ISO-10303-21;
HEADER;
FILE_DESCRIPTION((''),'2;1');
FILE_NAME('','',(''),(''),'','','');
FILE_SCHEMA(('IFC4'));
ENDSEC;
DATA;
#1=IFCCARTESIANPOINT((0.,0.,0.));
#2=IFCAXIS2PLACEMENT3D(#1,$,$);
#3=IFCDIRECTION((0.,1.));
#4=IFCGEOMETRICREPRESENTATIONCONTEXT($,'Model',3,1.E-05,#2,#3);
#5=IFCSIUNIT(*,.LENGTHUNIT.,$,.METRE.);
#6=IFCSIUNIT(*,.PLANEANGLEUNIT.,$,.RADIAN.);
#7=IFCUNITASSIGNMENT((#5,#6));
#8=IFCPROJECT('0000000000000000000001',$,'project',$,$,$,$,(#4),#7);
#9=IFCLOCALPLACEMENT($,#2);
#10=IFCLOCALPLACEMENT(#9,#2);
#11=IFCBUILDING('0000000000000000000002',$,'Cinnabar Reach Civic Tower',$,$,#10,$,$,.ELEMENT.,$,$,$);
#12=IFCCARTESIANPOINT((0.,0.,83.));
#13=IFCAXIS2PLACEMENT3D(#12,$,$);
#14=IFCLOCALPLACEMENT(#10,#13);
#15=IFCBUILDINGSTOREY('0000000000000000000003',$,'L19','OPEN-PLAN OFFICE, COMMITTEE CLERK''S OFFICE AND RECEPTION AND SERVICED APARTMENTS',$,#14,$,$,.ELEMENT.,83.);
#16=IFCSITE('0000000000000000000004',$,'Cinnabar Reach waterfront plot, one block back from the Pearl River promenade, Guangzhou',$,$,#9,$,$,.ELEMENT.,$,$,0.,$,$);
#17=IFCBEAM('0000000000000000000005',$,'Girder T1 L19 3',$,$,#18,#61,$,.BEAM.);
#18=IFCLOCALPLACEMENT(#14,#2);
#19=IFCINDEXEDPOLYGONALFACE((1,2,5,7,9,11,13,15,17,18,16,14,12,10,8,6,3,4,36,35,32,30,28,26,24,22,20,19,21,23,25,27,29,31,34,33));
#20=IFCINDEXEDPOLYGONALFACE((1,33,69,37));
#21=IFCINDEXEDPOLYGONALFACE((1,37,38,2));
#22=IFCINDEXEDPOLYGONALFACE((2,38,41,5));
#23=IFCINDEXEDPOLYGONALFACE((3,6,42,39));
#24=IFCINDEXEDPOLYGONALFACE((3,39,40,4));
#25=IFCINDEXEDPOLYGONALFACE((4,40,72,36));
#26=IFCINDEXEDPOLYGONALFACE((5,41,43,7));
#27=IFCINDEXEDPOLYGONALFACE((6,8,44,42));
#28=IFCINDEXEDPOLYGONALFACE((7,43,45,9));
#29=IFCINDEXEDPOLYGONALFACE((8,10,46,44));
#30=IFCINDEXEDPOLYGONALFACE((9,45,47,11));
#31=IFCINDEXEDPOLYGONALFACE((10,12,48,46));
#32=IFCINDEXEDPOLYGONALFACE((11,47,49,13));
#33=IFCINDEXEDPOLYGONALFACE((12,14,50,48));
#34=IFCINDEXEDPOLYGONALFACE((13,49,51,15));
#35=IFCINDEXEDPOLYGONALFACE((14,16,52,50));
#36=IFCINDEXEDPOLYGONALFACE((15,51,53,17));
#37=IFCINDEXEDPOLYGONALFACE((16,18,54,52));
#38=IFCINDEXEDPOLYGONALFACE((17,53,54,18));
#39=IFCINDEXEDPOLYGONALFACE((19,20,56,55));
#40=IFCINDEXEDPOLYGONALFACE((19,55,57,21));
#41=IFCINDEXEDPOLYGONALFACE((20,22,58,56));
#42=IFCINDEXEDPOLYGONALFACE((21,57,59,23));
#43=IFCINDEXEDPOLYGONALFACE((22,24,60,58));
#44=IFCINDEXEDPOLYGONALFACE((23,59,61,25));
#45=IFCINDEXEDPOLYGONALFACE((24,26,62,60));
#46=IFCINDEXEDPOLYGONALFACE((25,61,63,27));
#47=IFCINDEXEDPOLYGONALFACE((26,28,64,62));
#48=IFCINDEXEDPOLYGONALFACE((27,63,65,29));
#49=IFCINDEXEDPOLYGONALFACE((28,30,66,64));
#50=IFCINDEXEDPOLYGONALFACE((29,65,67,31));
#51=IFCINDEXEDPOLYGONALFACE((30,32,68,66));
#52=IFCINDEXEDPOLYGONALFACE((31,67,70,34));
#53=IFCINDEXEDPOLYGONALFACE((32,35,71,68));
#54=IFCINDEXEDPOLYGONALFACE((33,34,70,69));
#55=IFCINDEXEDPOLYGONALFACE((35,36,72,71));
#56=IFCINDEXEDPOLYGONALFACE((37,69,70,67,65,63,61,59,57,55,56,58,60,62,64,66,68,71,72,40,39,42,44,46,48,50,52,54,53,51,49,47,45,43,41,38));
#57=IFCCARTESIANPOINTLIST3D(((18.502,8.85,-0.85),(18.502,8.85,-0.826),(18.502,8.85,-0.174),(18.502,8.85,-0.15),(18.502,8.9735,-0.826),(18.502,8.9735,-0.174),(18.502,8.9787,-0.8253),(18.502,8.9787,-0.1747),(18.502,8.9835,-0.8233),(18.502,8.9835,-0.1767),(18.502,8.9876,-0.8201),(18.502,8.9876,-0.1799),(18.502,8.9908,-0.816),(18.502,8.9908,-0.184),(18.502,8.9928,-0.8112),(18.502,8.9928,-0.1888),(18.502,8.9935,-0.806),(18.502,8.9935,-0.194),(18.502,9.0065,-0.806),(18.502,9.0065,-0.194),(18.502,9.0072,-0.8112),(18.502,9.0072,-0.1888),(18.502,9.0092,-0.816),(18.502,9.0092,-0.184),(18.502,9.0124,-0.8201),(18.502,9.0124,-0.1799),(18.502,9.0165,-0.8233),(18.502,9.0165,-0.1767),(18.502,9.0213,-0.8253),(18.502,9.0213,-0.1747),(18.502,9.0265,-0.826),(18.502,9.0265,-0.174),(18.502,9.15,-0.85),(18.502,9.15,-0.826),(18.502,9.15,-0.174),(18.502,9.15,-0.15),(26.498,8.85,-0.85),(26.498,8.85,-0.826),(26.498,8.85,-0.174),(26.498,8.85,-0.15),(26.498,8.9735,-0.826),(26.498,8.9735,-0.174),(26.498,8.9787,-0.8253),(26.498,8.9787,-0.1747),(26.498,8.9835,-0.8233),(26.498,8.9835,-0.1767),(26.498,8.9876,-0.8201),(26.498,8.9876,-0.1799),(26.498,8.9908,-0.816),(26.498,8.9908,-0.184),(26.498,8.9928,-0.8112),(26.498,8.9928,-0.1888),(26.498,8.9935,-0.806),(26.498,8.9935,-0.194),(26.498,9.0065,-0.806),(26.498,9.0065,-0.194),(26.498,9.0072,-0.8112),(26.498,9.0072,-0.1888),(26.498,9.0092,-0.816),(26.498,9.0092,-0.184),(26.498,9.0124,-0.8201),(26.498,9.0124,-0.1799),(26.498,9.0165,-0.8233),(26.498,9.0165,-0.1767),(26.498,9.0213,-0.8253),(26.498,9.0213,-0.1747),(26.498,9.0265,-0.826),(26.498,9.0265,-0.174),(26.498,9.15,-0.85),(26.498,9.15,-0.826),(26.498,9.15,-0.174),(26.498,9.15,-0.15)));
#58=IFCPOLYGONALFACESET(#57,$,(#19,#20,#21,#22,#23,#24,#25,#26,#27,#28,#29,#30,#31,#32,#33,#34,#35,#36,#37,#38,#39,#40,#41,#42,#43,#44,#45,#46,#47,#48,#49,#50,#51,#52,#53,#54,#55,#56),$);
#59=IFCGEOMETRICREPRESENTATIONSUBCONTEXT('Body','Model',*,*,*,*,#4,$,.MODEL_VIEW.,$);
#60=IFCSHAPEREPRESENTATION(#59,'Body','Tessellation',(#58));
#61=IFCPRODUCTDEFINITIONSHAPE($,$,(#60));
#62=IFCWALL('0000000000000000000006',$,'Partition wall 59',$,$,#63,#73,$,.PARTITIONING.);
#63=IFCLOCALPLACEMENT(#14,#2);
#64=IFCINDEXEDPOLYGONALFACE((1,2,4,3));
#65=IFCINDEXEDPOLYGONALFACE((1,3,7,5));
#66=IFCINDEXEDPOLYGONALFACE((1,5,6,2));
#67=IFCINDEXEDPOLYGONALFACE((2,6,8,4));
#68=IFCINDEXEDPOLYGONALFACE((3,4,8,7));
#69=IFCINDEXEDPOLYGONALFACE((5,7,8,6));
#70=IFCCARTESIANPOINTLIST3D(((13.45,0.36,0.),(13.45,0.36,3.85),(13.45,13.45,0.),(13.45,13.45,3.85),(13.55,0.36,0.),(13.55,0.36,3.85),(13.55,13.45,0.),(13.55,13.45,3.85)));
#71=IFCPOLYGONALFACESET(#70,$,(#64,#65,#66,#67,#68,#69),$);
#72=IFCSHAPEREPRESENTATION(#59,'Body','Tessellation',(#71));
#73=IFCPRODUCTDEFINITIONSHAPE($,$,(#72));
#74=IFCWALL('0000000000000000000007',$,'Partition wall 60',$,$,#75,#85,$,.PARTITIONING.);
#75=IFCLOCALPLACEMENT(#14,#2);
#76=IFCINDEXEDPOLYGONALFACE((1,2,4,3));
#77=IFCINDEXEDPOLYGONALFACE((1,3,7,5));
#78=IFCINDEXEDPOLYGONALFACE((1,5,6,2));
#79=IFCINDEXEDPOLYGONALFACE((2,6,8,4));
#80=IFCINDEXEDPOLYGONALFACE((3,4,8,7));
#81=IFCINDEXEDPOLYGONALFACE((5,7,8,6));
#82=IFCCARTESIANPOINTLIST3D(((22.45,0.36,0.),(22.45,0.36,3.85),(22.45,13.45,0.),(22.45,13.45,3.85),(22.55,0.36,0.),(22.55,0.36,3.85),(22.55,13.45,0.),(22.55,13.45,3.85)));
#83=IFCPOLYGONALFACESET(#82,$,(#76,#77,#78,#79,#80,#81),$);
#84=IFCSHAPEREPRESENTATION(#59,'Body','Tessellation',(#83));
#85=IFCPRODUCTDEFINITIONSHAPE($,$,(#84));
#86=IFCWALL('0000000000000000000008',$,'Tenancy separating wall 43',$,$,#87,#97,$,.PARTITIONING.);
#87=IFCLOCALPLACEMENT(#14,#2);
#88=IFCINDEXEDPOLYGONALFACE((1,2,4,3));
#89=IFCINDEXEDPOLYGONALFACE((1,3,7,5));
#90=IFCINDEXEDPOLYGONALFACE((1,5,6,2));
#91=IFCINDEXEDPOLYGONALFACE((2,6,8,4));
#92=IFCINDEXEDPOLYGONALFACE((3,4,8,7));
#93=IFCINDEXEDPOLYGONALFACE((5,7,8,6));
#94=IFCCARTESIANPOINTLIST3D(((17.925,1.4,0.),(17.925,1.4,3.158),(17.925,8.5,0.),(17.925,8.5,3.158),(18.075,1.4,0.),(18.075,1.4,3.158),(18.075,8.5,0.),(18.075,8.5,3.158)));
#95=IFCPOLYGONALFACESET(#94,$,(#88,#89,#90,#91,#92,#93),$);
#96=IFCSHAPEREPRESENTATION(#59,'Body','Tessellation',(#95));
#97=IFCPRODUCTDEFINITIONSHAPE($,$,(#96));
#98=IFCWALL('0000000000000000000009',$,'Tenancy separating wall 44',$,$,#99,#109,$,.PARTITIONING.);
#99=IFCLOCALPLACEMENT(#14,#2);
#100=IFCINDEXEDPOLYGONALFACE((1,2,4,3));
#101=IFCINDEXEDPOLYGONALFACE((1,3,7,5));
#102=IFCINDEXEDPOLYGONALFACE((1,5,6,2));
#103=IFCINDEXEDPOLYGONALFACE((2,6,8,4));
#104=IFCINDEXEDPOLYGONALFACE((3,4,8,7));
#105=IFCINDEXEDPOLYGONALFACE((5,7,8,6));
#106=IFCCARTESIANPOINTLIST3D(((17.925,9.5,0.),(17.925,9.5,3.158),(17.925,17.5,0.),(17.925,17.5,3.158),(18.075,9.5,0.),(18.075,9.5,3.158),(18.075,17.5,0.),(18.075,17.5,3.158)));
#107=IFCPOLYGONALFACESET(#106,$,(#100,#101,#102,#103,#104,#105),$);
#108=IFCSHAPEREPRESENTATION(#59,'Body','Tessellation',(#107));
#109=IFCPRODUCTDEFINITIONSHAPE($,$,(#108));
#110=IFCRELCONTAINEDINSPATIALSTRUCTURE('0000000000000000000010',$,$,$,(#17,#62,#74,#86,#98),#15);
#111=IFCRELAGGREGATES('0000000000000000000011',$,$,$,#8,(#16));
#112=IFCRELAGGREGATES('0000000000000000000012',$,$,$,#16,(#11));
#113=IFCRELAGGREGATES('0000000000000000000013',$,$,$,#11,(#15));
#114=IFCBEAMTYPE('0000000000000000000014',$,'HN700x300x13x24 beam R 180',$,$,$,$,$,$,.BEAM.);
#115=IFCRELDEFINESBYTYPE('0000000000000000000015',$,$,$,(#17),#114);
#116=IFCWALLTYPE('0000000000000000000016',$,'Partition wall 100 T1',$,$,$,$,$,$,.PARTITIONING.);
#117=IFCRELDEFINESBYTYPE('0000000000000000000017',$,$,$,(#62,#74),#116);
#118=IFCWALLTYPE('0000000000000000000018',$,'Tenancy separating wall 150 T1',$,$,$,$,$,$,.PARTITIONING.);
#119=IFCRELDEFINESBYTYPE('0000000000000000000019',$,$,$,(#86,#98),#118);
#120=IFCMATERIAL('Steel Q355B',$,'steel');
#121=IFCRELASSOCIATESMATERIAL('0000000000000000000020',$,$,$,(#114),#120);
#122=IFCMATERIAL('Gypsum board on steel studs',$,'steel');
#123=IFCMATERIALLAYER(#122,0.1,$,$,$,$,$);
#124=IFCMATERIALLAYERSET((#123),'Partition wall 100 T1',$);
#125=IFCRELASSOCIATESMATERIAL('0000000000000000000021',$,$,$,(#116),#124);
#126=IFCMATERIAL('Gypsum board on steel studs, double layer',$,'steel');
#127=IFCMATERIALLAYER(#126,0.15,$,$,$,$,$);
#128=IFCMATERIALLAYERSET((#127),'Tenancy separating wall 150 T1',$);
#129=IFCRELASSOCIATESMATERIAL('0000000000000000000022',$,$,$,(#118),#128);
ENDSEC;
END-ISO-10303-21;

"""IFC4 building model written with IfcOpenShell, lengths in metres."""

from ifc_helpers import new_model, si_unit, direction, frame, frame_2d, origin, origin_2d, place, context, subcontext, project, spatial, rectangle, i_section, extrude, material, layer, layer_set, material_profile, profile_set, type_object, element, save


model = new_model("IFC4")

# Units and contexts
model_context = context("Model", 3, precision=1e-05, world=origin(), true_north=direction((0.0, 1.0)))
body_context = subcontext(model_context, "Body", "Model", "MODEL_VIEW")
ifc_project = project(units=[si_unit("LENGTHUNIT", "METRE"), si_unit("PLANEANGLEUNIT", "RADIAN")], contexts=[model_context])

# Site, building, storey
site_placement = place(None, origin())
site = spatial("IfcSite", under=ifc_project, at=site_placement, Name="Cinnabar Reach waterfront plot, one block back from the Pearl River promenade, Guangzhou", CompositionType="ELEMENT", RefElevation=0.0)
building_placement = place(site_placement, origin())
building = spatial("IfcBuilding", under=site, at=building_placement, Name="Cinnabar Reach Civic Tower", CompositionType="ELEMENT")
storey_placement = place(building_placement, frame((0.0, 0.0, 83.0)))
storey = spatial("IfcBuildingStorey", under=building, at=storey_placement, Name="L19", Description="OPEN-PLAN OFFICE, COMMITTEE CLERK'S OFFICE AND RECEPTION AND SERVICED APARTMENTS", CompositionType="ELEMENT", Elevation=83.0)

# Beam
ifc_material_1 = material(Name="Steel Q355B", Category="steel")
ifc_material_profile_1 = material_profile(ifc_material_1, i_section(OverallWidth=0.3, OverallDepth=0.7, WebThickness=0.013, FlangeThickness=0.024, FilletRadius=0.02, at=origin_2d()), Name="HN700x300x13x24")
ifc_profile_set_1 = profile_set([ifc_material_profile_1], Name="Steel Q355B")
beam_type_1 = type_object("IfcBeamType", Name="HN700x300x13x24 beam R 180", PredefinedType="BEAM", material=ifc_profile_set_1)
for number, where, z_axis, x_axis, name in (
    (1, (18.502, 9.0, -0.5), (1.0, 0.0, 0.0), (0.0, 1.0, 0.0), "Girder T1 L19 3"),
):
    element("IfcBeam", number, at=place(storey_placement, frame(where, z_axis=z_axis, x_axis=x_axis)), inside=storey, type_object=beam_type_1, Name=name, PredefinedType="BEAM", context=body_context, shape_type="SweptSolid", body=[
        extrude(i_section(OverallWidth=0.3, OverallDepth=0.7, WebThickness=0.013, FlangeThickness=0.024, FilletRadius=0.02, at=origin_2d()), origin(), (0.0, 0.0, 1.0), 7.996),
    ])

# Walls
ifc_material_2 = material(Name="Gypsum board on steel studs", Category="steel")
ifc_layer_1 = layer(ifc_material_2, 0.1)
ifc_layer_set_1 = layer_set([ifc_layer_1], Name="Partition wall 100 T1")
wall_type_1 = type_object("IfcWallType", Name="Partition wall 100 T1", PredefinedType="PARTITIONING", material=ifc_layer_set_1)
for number, where, z_axis, x_axis, name in (
    (2, (13.5, 0.36, 0.0), (0.0, 0.0, 1.0), (0.0, 1.0, 0.0), "Partition wall 59"),
    (3, (22.5, 0.36, 0.0), (0.0, 0.0, 1.0), (0.0, 1.0, 0.0), "Partition wall 60"),
):
    element("IfcWall", number, at=place(storey_placement, frame(where, z_axis=z_axis, x_axis=x_axis)), inside=storey, type_object=wall_type_1, Name=name, PredefinedType="PARTITIONING", context=body_context, shape_type="SweptSolid", body=[
        extrude(rectangle(XDim=13.09, YDim=0.1, at=frame_2d((6.545, 0.0))), origin(), (0.0, 0.0, 1.0), 3.85),
    ])
ifc_material_3 = material(Name="Gypsum board on steel studs, double layer", Category="steel")
ifc_layer_2 = layer(ifc_material_3, 0.15)
ifc_layer_set_2 = layer_set([ifc_layer_2], Name="Tenancy separating wall 150 T1")
wall_type_2 = type_object("IfcWallType", Name="Tenancy separating wall 150 T1", PredefinedType="PARTITIONING", material=ifc_layer_set_2)
wall_1_placement = place(storey_placement, frame((18.0, 1.4, 0.0), z_axis=(0.0, 0.0, 1.0), x_axis=(0.0, 1.0, 0.0)))
element("IfcWall", 4, at=wall_1_placement, inside=storey, type_object=wall_type_2, Name="Tenancy separating wall 43", PredefinedType="PARTITIONING", context=body_context, shape_type="SweptSolid", body=[
    extrude(rectangle(XDim=7.1, YDim=0.15, at=frame_2d((3.55, 0.0))), origin(), (0.0, 0.0, 1.0), 3.158),
])
wall_2_placement = place(storey_placement, frame((18.0, 9.5, 0.0), z_axis=(0.0, 0.0, 1.0), x_axis=(0.0, 1.0, 0.0)))
element("IfcWall", 5, at=wall_2_placement, inside=storey, type_object=wall_type_2, Name="Tenancy separating wall 44", PredefinedType="PARTITIONING", context=body_context, shape_type="SweptSolid", body=[
    extrude(rectangle(XDim=8.0, YDim=0.15, at=frame_2d((4.0, 0.0))), origin(), (0.0, 0.0, 1.0), 3.158),
])

save(model, "model.ifc")
